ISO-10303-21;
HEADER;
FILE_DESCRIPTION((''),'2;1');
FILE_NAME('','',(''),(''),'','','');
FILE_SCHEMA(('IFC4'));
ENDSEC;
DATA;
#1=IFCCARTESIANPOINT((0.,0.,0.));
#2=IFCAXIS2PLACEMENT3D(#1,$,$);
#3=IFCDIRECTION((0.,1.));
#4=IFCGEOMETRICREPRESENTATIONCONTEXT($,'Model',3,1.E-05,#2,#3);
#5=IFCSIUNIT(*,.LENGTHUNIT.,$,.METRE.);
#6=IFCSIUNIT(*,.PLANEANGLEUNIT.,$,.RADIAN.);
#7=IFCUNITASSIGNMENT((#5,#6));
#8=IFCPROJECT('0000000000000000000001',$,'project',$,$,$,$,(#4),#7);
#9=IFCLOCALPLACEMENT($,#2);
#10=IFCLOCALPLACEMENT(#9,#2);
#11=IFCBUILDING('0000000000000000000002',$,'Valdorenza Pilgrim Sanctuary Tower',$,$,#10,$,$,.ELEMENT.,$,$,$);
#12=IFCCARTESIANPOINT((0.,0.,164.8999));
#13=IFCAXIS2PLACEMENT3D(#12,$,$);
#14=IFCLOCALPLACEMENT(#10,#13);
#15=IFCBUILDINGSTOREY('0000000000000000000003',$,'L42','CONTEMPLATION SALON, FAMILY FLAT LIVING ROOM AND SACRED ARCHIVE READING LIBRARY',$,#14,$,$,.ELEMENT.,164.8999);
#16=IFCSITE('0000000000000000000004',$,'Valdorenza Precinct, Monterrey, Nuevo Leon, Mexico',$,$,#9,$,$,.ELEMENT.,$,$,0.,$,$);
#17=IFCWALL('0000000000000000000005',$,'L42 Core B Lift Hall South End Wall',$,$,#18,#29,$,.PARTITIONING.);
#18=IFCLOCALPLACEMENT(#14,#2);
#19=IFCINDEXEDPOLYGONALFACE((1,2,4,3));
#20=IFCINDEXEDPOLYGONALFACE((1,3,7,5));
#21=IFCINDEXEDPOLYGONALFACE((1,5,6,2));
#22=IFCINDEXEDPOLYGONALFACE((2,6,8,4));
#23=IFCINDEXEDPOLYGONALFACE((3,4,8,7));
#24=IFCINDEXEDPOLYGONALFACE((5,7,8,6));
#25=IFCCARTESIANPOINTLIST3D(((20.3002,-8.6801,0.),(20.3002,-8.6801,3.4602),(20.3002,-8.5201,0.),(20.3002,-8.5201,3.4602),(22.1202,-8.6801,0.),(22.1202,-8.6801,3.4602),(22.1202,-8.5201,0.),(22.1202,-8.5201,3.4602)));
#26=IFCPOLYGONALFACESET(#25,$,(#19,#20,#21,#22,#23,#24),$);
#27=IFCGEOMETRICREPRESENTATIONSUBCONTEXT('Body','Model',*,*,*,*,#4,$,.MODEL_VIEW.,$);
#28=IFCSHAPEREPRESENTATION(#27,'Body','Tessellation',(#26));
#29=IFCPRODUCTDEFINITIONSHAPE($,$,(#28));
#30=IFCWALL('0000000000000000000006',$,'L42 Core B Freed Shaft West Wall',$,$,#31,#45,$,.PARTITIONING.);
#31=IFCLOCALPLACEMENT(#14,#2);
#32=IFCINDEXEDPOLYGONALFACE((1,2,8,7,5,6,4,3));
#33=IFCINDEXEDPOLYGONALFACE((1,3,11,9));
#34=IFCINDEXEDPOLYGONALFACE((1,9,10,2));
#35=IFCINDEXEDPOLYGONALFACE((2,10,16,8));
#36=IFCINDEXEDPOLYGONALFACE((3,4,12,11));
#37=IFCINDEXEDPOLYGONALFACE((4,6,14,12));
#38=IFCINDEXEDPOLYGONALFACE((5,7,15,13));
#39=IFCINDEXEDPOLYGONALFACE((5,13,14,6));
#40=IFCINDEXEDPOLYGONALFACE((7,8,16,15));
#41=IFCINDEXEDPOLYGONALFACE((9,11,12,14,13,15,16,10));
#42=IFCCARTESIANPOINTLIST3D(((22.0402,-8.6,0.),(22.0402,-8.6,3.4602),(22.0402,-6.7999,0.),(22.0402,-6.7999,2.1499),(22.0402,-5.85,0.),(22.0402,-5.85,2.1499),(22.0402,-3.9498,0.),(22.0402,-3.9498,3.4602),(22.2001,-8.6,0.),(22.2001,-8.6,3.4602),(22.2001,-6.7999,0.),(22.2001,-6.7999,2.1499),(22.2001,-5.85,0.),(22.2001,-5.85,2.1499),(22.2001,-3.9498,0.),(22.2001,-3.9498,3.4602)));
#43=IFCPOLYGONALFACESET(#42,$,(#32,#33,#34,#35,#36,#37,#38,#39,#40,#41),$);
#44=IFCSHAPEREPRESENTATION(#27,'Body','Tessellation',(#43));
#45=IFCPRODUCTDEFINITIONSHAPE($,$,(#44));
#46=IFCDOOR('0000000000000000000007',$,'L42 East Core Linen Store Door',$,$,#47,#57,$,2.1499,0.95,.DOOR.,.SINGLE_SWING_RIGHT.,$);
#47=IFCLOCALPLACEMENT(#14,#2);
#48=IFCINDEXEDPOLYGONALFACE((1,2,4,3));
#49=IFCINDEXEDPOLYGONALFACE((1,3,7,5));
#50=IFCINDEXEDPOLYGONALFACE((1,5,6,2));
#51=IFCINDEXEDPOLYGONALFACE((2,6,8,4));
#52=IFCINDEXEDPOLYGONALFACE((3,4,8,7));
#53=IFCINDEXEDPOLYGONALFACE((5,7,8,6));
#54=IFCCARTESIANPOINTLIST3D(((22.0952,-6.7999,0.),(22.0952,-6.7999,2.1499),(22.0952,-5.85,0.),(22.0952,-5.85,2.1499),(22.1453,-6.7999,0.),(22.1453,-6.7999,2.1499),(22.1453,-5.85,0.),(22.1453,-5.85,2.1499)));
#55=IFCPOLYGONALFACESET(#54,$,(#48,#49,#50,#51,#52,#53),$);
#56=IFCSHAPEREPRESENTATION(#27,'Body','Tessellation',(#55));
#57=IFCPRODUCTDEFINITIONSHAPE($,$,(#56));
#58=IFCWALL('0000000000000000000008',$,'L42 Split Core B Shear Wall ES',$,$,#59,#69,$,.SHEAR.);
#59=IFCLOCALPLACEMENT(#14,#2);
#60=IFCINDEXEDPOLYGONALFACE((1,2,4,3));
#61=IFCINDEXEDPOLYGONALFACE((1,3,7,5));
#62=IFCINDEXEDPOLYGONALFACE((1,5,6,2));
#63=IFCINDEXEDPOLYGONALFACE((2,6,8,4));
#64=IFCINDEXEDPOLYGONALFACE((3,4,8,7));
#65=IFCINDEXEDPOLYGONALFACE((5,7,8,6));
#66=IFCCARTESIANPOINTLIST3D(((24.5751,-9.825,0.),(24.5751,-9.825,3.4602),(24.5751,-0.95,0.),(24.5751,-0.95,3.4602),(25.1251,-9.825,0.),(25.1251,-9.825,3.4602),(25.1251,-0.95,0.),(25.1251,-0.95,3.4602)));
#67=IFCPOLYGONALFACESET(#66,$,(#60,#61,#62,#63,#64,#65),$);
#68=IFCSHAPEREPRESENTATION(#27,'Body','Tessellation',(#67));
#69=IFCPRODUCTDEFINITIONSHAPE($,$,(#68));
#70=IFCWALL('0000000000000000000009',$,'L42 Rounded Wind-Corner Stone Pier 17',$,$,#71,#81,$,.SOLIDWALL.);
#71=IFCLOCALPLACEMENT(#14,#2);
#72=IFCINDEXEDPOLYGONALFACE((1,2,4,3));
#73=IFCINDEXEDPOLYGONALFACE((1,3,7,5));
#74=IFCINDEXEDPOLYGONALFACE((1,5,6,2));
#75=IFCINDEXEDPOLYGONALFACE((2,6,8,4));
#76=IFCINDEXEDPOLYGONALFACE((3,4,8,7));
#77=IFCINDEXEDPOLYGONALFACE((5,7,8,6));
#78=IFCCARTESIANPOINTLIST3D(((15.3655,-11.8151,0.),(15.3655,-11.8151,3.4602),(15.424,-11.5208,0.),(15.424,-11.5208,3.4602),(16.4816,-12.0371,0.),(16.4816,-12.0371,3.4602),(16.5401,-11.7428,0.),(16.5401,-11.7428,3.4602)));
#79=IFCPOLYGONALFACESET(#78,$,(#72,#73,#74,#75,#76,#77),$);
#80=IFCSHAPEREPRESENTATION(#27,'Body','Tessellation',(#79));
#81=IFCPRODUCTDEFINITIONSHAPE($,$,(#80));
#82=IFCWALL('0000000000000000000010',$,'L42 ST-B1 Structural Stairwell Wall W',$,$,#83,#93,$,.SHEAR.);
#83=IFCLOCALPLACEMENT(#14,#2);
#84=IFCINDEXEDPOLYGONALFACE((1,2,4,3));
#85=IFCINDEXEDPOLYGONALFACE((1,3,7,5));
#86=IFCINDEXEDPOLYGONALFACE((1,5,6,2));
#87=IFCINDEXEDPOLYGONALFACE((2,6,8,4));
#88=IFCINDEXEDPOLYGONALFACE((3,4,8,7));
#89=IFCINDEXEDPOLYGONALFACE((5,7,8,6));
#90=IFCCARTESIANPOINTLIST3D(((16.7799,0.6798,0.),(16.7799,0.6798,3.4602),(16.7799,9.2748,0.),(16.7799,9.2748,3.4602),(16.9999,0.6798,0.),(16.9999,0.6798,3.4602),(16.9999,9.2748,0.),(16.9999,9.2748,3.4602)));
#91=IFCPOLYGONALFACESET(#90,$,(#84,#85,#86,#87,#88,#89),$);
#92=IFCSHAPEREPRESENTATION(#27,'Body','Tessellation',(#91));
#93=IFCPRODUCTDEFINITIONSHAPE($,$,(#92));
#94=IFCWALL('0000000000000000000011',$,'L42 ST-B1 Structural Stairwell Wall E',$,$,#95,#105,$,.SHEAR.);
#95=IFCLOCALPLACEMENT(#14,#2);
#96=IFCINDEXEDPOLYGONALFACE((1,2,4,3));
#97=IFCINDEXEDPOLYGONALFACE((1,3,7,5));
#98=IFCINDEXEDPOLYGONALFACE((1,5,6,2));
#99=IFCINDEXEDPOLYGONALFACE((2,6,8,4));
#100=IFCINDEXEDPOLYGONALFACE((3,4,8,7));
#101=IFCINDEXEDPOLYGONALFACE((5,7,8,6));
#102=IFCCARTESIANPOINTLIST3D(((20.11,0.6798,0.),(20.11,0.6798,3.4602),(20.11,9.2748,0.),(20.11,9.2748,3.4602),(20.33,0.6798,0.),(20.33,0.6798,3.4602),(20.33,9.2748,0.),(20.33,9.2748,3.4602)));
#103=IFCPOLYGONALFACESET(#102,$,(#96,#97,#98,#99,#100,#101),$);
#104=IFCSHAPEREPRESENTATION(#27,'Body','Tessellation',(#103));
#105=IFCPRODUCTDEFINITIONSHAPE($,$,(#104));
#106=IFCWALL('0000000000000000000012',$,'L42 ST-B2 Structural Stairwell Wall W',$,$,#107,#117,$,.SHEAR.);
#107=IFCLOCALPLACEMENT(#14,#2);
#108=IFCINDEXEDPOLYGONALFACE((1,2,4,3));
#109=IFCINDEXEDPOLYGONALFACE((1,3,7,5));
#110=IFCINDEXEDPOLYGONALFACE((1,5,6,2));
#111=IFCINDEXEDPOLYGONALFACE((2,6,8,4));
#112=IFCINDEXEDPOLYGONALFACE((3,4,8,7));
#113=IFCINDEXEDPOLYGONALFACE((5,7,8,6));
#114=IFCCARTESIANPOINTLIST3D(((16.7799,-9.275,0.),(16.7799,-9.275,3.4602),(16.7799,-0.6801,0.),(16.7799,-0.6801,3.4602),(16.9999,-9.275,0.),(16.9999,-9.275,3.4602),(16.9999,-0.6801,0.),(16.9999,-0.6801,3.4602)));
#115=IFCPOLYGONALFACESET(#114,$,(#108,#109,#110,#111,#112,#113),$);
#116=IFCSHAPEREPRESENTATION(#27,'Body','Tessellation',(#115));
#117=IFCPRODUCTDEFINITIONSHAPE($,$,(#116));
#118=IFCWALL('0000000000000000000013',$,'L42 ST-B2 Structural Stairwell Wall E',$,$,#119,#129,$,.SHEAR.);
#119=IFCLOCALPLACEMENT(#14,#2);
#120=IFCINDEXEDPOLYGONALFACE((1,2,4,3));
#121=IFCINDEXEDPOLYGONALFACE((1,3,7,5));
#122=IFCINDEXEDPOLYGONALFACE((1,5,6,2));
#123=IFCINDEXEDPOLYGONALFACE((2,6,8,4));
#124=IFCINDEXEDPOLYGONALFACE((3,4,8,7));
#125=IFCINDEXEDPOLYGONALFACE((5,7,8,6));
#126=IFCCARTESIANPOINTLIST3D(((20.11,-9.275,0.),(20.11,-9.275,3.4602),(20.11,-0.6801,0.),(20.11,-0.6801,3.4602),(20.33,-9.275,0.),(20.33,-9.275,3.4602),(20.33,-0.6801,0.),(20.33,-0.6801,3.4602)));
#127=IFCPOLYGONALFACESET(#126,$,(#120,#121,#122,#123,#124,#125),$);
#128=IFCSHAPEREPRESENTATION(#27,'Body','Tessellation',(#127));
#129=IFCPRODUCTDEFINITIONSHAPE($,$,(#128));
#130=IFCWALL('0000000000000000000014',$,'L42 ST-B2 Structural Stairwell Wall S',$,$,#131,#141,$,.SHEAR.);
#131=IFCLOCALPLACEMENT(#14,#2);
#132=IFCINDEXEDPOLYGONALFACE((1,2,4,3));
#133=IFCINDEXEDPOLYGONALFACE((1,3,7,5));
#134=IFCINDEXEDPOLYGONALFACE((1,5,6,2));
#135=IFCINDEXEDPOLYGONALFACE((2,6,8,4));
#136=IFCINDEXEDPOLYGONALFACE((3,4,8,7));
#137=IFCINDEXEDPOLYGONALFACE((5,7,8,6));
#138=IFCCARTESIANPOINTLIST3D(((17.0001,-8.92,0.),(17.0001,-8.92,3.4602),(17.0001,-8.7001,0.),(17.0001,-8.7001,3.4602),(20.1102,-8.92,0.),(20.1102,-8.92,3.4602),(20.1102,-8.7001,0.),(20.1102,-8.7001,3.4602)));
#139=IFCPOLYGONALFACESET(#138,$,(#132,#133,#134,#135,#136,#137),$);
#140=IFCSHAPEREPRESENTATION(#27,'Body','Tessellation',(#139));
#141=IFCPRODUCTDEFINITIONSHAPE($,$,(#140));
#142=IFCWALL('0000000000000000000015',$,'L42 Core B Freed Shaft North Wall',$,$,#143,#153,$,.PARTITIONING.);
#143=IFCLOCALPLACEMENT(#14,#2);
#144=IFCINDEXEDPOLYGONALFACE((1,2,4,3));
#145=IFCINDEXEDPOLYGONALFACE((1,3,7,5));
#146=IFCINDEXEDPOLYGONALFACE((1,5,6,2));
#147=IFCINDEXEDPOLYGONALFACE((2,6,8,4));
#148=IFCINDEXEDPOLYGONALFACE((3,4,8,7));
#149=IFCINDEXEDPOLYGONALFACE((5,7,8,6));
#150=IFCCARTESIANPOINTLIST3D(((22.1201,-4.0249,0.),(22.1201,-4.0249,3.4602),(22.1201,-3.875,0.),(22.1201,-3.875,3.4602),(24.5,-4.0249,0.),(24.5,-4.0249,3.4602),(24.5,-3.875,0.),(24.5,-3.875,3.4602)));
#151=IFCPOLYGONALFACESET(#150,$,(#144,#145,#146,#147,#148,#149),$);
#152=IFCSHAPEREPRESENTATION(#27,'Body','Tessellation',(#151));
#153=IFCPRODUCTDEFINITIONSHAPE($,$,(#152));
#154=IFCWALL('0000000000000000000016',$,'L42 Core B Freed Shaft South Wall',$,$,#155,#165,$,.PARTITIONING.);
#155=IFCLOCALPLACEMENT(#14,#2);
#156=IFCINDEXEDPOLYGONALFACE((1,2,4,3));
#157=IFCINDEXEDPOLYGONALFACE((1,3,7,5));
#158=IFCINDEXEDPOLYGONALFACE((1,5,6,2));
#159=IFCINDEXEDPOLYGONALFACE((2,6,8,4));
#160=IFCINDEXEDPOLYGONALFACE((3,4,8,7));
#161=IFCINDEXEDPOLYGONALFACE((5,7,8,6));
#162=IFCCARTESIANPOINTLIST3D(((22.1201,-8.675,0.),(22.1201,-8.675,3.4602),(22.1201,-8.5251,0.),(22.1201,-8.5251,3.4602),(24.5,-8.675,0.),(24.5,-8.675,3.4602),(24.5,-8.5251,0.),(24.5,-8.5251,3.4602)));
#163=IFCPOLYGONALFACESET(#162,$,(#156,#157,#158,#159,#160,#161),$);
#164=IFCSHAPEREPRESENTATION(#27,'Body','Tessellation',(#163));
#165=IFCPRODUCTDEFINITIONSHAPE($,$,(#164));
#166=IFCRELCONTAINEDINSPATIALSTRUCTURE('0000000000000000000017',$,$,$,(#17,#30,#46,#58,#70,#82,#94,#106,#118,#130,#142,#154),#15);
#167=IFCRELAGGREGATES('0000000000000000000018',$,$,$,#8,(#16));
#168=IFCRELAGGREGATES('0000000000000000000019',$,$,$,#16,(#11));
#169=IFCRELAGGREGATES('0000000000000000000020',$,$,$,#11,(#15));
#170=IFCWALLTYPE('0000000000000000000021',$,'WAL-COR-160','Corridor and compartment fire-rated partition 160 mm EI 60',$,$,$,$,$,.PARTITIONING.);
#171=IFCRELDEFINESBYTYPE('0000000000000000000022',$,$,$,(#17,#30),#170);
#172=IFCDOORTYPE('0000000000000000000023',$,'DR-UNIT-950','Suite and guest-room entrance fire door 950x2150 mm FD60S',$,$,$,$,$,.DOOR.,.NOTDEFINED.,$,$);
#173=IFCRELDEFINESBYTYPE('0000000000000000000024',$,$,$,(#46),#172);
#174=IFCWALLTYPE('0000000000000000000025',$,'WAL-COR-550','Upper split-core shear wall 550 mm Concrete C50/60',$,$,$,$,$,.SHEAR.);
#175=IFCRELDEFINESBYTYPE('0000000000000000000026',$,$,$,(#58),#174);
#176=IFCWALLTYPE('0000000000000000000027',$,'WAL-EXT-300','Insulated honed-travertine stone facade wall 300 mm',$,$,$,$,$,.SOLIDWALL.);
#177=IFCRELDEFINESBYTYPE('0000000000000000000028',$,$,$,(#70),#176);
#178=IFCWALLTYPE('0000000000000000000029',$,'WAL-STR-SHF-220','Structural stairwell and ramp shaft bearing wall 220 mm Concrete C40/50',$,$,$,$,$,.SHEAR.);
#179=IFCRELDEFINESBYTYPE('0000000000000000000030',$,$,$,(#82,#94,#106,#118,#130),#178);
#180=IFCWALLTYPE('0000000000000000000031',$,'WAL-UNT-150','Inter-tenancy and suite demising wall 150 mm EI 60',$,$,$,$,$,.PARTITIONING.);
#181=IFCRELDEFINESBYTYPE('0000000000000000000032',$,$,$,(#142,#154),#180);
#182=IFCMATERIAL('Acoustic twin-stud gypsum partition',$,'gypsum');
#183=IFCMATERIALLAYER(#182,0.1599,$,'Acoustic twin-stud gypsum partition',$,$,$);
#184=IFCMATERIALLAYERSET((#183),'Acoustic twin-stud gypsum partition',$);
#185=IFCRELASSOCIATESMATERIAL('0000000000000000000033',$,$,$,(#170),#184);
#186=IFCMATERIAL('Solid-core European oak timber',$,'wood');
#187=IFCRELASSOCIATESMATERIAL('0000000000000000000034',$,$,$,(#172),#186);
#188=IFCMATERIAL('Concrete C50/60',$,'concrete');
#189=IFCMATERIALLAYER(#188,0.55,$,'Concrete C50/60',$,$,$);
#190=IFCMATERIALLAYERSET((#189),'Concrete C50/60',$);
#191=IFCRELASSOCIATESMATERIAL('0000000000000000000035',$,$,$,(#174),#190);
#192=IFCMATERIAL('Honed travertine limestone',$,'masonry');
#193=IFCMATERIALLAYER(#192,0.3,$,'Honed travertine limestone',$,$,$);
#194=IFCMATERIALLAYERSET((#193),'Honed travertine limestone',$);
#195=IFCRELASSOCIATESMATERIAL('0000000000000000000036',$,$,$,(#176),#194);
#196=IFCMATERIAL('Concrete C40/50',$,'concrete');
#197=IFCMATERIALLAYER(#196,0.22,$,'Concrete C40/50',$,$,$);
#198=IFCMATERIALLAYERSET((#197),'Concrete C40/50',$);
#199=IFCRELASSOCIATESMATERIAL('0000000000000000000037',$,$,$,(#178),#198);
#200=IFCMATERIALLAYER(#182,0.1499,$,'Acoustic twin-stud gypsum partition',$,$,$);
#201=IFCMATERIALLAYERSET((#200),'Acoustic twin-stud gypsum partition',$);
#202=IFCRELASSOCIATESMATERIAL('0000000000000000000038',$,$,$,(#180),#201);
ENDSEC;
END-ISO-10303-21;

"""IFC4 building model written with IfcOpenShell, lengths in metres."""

from ifc_helpers import new_model, si_unit, direction, frame, frame_2d, origin, place, context, subcontext, project, spatial, rectangle, extrude, material, layer, layer_set, type_object, element, fill, save


model = new_model("IFC4")

# Units and contexts
model_context = context("Model", 3, precision=1e-05, world=origin(), true_north=direction((0.0, 1.0)))
body_context = subcontext(model_context, "Body", "Model", "MODEL_VIEW")
ifc_project = project(units=[si_unit("LENGTHUNIT", "METRE"), si_unit("PLANEANGLEUNIT", "RADIAN")], contexts=[model_context])

# Site, building, storey
site_placement = place(None, origin())
site = spatial("IfcSite", under=ifc_project, at=site_placement, Name="Valdorenza Precinct, Monterrey, Nuevo Leon, Mexico", CompositionType="ELEMENT", RefElevation=0.0)
building_placement = place(site_placement, origin())
building = spatial("IfcBuilding", under=site, at=building_placement, Name="Valdorenza Pilgrim Sanctuary Tower", CompositionType="ELEMENT")
storey_placement = place(building_placement, frame((0.0, 0.0, 164.8999)))
storey = spatial("IfcBuildingStorey", under=building, at=storey_placement, Name="L42", Description="CONTEMPLATION SALON, FAMILY FLAT LIVING ROOM AND SACRED ARCHIVE READING LIBRARY", CompositionType="ELEMENT", Elevation=164.8999)

# Shared definitions
ifc_material_1 = material(Name="Honed travertine limestone", Category="masonry")

# Wall
ifc_material_2 = material(Name="Acoustic twin-stud gypsum partition", Category="gypsum")
ifc_layer_1 = layer(ifc_material_2, 0.1599, Name="Acoustic twin-stud gypsum partition")
ifc_layer_set_1 = layer_set([ifc_layer_1], Name="Acoustic twin-stud gypsum partition")
wall_type_1 = type_object("IfcWallType", Name="WAL-COR-160", Description="Corridor and compartment fire-rated partition 160 mm EI 60", PredefinedType="PARTITIONING", material=ifc_layer_set_1)
wall_1_placement = place(storey_placement, frame((20.3, -8.6001, 0.0), z_axis=(0.0, 0.0, 1.0), x_axis=(1.0, 0.0, 0.0)))
element("IfcWall", 1, at=wall_1_placement, inside=storey, type_object=wall_type_1, Name="L42 Core B Lift Hall South End Wall", PredefinedType="PARTITIONING", context=body_context, shape_type="SweptSolid", body=[
    extrude(rectangle(XDim=1.8201, YDim=0.1599, at=frame_2d((0.9102, 0.0))), origin(), (0.0, 0.0, 1.0), 3.4602),
])

# Wall, opening, door
wall_2_placement = place(storey_placement, frame((22.1201, -8.6001, 0.0), z_axis=(0.0, 0.0, 1.0), x_axis=(0.0, 1.0, 0.0)))
wall_2 = element("IfcWall", 2, at=wall_2_placement, inside=storey, type_object=wall_type_1, Name="L42 Core B Freed Shaft West Wall", PredefinedType="PARTITIONING", context=body_context, shape_type="SweptSolid", body=[
    extrude(rectangle(XDim=4.6501, YDim=0.1599, at=frame_2d((2.3252, 0.0))), origin(), (0.0, 0.0, 1.0), 3.4602),
])
opening_1_placement = place(wall_2_placement, frame((1.8, 0.0, 0.0)))
opening_1 = element("IfcOpeningElement", 3, at=opening_1_placement, cuts=wall_2, PredefinedType="OPENING", context=body_context, shape_type="SweptSolid", body=[
    extrude(rectangle(XDim=0.95, YDim=2.1499, at=frame_2d((0.4751, 1.075))), frame((0.0, 0.0947, 0.0), z_axis=(0.0, -1.0, 0.0), x_axis=(1.0, 0.0, 0.0)), (0.0, 0.0, 1.0), 0.1897),
])
ifc_material_3 = material(Name="Solid-core European oak timber", Category="wood")
door_type_1 = type_object("IfcDoorType", Name="DR-UNIT-950", Description="Suite and guest-room entrance fire door 950x2150 mm FD60S", OperationType="NOTDEFINED", PredefinedType="DOOR", material=ifc_material_3)
door_1_placement = place(opening_1_placement, origin())
door_1 = element("IfcDoor", 4, at=door_1_placement, inside=storey, type_object=door_type_1, Name="L42 East Core Linen Store Door", OperationType="SINGLE_SWING_RIGHT", OverallHeight=2.1499, OverallWidth=0.95, PredefinedType="DOOR", context=body_context, shape_type="SweptSolid", body=[
    extrude(rectangle(XDim=0.95, YDim=2.1499, at=frame_2d((0.4751, 1.075))), frame((0.0, 0.0249, 0.0), z_axis=(0.0, -1.0, 0.0), x_axis=(1.0, 0.0, 0.0)), (0.0, 0.0, 1.0), 0.05),
])
fill(opening_1, door_1)

# Walls
ifc_material_4 = material(Name="Concrete C50/60", Category="concrete")
ifc_layer_2 = layer(ifc_material_4, 0.55, Name="Concrete C50/60")
ifc_layer_set_2 = layer_set([ifc_layer_2], Name="Concrete C50/60")
wall_type_2 = type_object("IfcWallType", Name="WAL-COR-550", Description="Upper split-core shear wall 550 mm Concrete C50/60", PredefinedType="SHEAR", material=ifc_layer_set_2)
wall_3_placement = place(storey_placement, frame((24.8501, -9.825, 0.0), z_axis=(0.0, 0.0, 1.0), x_axis=(0.0, 1.0, 0.0)))
element("IfcWall", 5, at=wall_3_placement, inside=storey, type_object=wall_type_2, Name="L42 Split Core B Shear Wall ES", PredefinedType="SHEAR", context=body_context, shape_type="SweptSolid", body=[
    extrude(rectangle(XDim=8.875, YDim=0.55, at=frame_2d((4.4375, 0.0))), origin(), (0.0, 0.0, 1.0), 3.4602),
])
ifc_layer_3 = layer(ifc_material_1, 0.3, Name="Honed travertine limestone")
ifc_layer_set_3 = layer_set([ifc_layer_3], Name="Honed travertine limestone")
wall_type_3 = type_object("IfcWallType", Name="WAL-EXT-300", Description="Insulated honed-travertine stone facade wall 300 mm", PredefinedType="SOLIDWALL", material=ifc_layer_set_3)
wall_4_placement = place(storey_placement, frame((16.5107, -11.8899, 0.0), z_axis=(0.0, 0.0, 1.0), x_axis=(-0.980795, 0.195043, 0.0)))
element("IfcWall", 6, at=wall_4_placement, inside=storey, type_object=wall_type_3, Name="L42 Rounded Wind-Corner Stone Pier 17", PredefinedType="SOLIDWALL", context=body_context, shape_type="SweptSolid", body=[
    extrude(rectangle(XDim=1.1379, YDim=0.3, at=frame_2d((0.5688, 0.0))), origin(), (0.0, 0.0, 1.0), 3.4602),
])

# Walls
ifc_material_5 = material(Name="Concrete C40/50", Category="concrete")
ifc_layer_4 = layer(ifc_material_5, 0.22, Name="Concrete C40/50")
ifc_layer_set_4 = layer_set([ifc_layer_4], Name="Concrete C40/50")
wall_type_4 = type_object("IfcWallType", Name="WAL-STR-SHF-220", Description="Structural stairwell and ramp shaft bearing wall 220 mm Concrete C40/50", PredefinedType="SHEAR", material=ifc_layer_set_4)
for number, where, z_axis, x_axis, name in (
    (7, (16.8899, 0.6799, 0.0), (0.0, 0.0, 1.0), (0.0, 1.0, 0.0), "L42 ST-B1 Structural Stairwell Wall W"),
    (8, (20.22, 0.6799, 0.0), (0.0, 0.0, 1.0), (0.0, 1.0, 0.0), "L42 ST-B1 Structural Stairwell Wall E"),
    (9, (16.8899, -9.2749, 0.0), (0.0, 0.0, 1.0), (0.0, 1.0, 0.0), "L42 ST-B2 Structural Stairwell Wall W"),
    (10, (20.22, -9.2749, 0.0), (0.0, 0.0, 1.0), (0.0, 1.0, 0.0), "L42 ST-B2 Structural Stairwell Wall E"),
):
    element("IfcWall", number, at=place(storey_placement, frame(where, z_axis=z_axis, x_axis=x_axis)), inside=storey, type_object=wall_type_4, Name=name, PredefinedType="SHEAR", context=body_context, shape_type="SweptSolid", body=[
        extrude(rectangle(XDim=8.595, YDim=0.22, at=frame_2d((4.2974, 0.0))), origin(), (0.0, 0.0, 1.0), 3.4602),
    ])
wall_5_placement = place(storey_placement, frame((17.0, -8.8101, 0.0), z_axis=(0.0, 0.0, 1.0), x_axis=(1.0, 0.0, 0.0)))
element("IfcWall", 11, at=wall_5_placement, inside=storey, type_object=wall_type_4, Name="L42 ST-B2 Structural Stairwell Wall S", PredefinedType="SHEAR", context=body_context, shape_type="SweptSolid", body=[
    extrude(rectangle(XDim=3.1101, YDim=0.22, at=frame_2d((1.5552, 0.0))), origin(), (0.0, 0.0, 1.0), 3.4602),
])

# Walls
ifc_layer_5 = layer(ifc_material_2, 0.1499, Name="Acoustic twin-stud gypsum partition")
ifc_layer_set_5 = layer_set([ifc_layer_5], Name="Acoustic twin-stud gypsum partition")
wall_type_5 = type_object("IfcWallType", Name="WAL-UNT-150", Description="Inter-tenancy and suite demising wall 150 mm EI 60", PredefinedType="PARTITIONING", material=ifc_layer_set_5)
for number, where, z_axis, x_axis, name in (
    (12, (22.1201, -3.95, 0.0), (0.0, 0.0, 1.0), (1.0, 0.0, 0.0), "L42 Core B Freed Shaft North Wall"),
    (13, (22.1201, -8.6001, 0.0), (0.0, 0.0, 1.0), (1.0, 0.0, 0.0), "L42 Core B Freed Shaft South Wall"),
):
    element("IfcWall", number, at=place(storey_placement, frame(where, z_axis=z_axis, x_axis=x_axis)), inside=storey, type_object=wall_type_5, Name=name, PredefinedType="PARTITIONING", context=body_context, shape_type="SweptSolid", body=[
        extrude(rectangle(XDim=2.3799, YDim=0.1499, at=frame_2d((1.1899, 0.0))), origin(), (0.0, 0.0, 1.0), 3.4602),
    ])

save(model, "model.ifc")
